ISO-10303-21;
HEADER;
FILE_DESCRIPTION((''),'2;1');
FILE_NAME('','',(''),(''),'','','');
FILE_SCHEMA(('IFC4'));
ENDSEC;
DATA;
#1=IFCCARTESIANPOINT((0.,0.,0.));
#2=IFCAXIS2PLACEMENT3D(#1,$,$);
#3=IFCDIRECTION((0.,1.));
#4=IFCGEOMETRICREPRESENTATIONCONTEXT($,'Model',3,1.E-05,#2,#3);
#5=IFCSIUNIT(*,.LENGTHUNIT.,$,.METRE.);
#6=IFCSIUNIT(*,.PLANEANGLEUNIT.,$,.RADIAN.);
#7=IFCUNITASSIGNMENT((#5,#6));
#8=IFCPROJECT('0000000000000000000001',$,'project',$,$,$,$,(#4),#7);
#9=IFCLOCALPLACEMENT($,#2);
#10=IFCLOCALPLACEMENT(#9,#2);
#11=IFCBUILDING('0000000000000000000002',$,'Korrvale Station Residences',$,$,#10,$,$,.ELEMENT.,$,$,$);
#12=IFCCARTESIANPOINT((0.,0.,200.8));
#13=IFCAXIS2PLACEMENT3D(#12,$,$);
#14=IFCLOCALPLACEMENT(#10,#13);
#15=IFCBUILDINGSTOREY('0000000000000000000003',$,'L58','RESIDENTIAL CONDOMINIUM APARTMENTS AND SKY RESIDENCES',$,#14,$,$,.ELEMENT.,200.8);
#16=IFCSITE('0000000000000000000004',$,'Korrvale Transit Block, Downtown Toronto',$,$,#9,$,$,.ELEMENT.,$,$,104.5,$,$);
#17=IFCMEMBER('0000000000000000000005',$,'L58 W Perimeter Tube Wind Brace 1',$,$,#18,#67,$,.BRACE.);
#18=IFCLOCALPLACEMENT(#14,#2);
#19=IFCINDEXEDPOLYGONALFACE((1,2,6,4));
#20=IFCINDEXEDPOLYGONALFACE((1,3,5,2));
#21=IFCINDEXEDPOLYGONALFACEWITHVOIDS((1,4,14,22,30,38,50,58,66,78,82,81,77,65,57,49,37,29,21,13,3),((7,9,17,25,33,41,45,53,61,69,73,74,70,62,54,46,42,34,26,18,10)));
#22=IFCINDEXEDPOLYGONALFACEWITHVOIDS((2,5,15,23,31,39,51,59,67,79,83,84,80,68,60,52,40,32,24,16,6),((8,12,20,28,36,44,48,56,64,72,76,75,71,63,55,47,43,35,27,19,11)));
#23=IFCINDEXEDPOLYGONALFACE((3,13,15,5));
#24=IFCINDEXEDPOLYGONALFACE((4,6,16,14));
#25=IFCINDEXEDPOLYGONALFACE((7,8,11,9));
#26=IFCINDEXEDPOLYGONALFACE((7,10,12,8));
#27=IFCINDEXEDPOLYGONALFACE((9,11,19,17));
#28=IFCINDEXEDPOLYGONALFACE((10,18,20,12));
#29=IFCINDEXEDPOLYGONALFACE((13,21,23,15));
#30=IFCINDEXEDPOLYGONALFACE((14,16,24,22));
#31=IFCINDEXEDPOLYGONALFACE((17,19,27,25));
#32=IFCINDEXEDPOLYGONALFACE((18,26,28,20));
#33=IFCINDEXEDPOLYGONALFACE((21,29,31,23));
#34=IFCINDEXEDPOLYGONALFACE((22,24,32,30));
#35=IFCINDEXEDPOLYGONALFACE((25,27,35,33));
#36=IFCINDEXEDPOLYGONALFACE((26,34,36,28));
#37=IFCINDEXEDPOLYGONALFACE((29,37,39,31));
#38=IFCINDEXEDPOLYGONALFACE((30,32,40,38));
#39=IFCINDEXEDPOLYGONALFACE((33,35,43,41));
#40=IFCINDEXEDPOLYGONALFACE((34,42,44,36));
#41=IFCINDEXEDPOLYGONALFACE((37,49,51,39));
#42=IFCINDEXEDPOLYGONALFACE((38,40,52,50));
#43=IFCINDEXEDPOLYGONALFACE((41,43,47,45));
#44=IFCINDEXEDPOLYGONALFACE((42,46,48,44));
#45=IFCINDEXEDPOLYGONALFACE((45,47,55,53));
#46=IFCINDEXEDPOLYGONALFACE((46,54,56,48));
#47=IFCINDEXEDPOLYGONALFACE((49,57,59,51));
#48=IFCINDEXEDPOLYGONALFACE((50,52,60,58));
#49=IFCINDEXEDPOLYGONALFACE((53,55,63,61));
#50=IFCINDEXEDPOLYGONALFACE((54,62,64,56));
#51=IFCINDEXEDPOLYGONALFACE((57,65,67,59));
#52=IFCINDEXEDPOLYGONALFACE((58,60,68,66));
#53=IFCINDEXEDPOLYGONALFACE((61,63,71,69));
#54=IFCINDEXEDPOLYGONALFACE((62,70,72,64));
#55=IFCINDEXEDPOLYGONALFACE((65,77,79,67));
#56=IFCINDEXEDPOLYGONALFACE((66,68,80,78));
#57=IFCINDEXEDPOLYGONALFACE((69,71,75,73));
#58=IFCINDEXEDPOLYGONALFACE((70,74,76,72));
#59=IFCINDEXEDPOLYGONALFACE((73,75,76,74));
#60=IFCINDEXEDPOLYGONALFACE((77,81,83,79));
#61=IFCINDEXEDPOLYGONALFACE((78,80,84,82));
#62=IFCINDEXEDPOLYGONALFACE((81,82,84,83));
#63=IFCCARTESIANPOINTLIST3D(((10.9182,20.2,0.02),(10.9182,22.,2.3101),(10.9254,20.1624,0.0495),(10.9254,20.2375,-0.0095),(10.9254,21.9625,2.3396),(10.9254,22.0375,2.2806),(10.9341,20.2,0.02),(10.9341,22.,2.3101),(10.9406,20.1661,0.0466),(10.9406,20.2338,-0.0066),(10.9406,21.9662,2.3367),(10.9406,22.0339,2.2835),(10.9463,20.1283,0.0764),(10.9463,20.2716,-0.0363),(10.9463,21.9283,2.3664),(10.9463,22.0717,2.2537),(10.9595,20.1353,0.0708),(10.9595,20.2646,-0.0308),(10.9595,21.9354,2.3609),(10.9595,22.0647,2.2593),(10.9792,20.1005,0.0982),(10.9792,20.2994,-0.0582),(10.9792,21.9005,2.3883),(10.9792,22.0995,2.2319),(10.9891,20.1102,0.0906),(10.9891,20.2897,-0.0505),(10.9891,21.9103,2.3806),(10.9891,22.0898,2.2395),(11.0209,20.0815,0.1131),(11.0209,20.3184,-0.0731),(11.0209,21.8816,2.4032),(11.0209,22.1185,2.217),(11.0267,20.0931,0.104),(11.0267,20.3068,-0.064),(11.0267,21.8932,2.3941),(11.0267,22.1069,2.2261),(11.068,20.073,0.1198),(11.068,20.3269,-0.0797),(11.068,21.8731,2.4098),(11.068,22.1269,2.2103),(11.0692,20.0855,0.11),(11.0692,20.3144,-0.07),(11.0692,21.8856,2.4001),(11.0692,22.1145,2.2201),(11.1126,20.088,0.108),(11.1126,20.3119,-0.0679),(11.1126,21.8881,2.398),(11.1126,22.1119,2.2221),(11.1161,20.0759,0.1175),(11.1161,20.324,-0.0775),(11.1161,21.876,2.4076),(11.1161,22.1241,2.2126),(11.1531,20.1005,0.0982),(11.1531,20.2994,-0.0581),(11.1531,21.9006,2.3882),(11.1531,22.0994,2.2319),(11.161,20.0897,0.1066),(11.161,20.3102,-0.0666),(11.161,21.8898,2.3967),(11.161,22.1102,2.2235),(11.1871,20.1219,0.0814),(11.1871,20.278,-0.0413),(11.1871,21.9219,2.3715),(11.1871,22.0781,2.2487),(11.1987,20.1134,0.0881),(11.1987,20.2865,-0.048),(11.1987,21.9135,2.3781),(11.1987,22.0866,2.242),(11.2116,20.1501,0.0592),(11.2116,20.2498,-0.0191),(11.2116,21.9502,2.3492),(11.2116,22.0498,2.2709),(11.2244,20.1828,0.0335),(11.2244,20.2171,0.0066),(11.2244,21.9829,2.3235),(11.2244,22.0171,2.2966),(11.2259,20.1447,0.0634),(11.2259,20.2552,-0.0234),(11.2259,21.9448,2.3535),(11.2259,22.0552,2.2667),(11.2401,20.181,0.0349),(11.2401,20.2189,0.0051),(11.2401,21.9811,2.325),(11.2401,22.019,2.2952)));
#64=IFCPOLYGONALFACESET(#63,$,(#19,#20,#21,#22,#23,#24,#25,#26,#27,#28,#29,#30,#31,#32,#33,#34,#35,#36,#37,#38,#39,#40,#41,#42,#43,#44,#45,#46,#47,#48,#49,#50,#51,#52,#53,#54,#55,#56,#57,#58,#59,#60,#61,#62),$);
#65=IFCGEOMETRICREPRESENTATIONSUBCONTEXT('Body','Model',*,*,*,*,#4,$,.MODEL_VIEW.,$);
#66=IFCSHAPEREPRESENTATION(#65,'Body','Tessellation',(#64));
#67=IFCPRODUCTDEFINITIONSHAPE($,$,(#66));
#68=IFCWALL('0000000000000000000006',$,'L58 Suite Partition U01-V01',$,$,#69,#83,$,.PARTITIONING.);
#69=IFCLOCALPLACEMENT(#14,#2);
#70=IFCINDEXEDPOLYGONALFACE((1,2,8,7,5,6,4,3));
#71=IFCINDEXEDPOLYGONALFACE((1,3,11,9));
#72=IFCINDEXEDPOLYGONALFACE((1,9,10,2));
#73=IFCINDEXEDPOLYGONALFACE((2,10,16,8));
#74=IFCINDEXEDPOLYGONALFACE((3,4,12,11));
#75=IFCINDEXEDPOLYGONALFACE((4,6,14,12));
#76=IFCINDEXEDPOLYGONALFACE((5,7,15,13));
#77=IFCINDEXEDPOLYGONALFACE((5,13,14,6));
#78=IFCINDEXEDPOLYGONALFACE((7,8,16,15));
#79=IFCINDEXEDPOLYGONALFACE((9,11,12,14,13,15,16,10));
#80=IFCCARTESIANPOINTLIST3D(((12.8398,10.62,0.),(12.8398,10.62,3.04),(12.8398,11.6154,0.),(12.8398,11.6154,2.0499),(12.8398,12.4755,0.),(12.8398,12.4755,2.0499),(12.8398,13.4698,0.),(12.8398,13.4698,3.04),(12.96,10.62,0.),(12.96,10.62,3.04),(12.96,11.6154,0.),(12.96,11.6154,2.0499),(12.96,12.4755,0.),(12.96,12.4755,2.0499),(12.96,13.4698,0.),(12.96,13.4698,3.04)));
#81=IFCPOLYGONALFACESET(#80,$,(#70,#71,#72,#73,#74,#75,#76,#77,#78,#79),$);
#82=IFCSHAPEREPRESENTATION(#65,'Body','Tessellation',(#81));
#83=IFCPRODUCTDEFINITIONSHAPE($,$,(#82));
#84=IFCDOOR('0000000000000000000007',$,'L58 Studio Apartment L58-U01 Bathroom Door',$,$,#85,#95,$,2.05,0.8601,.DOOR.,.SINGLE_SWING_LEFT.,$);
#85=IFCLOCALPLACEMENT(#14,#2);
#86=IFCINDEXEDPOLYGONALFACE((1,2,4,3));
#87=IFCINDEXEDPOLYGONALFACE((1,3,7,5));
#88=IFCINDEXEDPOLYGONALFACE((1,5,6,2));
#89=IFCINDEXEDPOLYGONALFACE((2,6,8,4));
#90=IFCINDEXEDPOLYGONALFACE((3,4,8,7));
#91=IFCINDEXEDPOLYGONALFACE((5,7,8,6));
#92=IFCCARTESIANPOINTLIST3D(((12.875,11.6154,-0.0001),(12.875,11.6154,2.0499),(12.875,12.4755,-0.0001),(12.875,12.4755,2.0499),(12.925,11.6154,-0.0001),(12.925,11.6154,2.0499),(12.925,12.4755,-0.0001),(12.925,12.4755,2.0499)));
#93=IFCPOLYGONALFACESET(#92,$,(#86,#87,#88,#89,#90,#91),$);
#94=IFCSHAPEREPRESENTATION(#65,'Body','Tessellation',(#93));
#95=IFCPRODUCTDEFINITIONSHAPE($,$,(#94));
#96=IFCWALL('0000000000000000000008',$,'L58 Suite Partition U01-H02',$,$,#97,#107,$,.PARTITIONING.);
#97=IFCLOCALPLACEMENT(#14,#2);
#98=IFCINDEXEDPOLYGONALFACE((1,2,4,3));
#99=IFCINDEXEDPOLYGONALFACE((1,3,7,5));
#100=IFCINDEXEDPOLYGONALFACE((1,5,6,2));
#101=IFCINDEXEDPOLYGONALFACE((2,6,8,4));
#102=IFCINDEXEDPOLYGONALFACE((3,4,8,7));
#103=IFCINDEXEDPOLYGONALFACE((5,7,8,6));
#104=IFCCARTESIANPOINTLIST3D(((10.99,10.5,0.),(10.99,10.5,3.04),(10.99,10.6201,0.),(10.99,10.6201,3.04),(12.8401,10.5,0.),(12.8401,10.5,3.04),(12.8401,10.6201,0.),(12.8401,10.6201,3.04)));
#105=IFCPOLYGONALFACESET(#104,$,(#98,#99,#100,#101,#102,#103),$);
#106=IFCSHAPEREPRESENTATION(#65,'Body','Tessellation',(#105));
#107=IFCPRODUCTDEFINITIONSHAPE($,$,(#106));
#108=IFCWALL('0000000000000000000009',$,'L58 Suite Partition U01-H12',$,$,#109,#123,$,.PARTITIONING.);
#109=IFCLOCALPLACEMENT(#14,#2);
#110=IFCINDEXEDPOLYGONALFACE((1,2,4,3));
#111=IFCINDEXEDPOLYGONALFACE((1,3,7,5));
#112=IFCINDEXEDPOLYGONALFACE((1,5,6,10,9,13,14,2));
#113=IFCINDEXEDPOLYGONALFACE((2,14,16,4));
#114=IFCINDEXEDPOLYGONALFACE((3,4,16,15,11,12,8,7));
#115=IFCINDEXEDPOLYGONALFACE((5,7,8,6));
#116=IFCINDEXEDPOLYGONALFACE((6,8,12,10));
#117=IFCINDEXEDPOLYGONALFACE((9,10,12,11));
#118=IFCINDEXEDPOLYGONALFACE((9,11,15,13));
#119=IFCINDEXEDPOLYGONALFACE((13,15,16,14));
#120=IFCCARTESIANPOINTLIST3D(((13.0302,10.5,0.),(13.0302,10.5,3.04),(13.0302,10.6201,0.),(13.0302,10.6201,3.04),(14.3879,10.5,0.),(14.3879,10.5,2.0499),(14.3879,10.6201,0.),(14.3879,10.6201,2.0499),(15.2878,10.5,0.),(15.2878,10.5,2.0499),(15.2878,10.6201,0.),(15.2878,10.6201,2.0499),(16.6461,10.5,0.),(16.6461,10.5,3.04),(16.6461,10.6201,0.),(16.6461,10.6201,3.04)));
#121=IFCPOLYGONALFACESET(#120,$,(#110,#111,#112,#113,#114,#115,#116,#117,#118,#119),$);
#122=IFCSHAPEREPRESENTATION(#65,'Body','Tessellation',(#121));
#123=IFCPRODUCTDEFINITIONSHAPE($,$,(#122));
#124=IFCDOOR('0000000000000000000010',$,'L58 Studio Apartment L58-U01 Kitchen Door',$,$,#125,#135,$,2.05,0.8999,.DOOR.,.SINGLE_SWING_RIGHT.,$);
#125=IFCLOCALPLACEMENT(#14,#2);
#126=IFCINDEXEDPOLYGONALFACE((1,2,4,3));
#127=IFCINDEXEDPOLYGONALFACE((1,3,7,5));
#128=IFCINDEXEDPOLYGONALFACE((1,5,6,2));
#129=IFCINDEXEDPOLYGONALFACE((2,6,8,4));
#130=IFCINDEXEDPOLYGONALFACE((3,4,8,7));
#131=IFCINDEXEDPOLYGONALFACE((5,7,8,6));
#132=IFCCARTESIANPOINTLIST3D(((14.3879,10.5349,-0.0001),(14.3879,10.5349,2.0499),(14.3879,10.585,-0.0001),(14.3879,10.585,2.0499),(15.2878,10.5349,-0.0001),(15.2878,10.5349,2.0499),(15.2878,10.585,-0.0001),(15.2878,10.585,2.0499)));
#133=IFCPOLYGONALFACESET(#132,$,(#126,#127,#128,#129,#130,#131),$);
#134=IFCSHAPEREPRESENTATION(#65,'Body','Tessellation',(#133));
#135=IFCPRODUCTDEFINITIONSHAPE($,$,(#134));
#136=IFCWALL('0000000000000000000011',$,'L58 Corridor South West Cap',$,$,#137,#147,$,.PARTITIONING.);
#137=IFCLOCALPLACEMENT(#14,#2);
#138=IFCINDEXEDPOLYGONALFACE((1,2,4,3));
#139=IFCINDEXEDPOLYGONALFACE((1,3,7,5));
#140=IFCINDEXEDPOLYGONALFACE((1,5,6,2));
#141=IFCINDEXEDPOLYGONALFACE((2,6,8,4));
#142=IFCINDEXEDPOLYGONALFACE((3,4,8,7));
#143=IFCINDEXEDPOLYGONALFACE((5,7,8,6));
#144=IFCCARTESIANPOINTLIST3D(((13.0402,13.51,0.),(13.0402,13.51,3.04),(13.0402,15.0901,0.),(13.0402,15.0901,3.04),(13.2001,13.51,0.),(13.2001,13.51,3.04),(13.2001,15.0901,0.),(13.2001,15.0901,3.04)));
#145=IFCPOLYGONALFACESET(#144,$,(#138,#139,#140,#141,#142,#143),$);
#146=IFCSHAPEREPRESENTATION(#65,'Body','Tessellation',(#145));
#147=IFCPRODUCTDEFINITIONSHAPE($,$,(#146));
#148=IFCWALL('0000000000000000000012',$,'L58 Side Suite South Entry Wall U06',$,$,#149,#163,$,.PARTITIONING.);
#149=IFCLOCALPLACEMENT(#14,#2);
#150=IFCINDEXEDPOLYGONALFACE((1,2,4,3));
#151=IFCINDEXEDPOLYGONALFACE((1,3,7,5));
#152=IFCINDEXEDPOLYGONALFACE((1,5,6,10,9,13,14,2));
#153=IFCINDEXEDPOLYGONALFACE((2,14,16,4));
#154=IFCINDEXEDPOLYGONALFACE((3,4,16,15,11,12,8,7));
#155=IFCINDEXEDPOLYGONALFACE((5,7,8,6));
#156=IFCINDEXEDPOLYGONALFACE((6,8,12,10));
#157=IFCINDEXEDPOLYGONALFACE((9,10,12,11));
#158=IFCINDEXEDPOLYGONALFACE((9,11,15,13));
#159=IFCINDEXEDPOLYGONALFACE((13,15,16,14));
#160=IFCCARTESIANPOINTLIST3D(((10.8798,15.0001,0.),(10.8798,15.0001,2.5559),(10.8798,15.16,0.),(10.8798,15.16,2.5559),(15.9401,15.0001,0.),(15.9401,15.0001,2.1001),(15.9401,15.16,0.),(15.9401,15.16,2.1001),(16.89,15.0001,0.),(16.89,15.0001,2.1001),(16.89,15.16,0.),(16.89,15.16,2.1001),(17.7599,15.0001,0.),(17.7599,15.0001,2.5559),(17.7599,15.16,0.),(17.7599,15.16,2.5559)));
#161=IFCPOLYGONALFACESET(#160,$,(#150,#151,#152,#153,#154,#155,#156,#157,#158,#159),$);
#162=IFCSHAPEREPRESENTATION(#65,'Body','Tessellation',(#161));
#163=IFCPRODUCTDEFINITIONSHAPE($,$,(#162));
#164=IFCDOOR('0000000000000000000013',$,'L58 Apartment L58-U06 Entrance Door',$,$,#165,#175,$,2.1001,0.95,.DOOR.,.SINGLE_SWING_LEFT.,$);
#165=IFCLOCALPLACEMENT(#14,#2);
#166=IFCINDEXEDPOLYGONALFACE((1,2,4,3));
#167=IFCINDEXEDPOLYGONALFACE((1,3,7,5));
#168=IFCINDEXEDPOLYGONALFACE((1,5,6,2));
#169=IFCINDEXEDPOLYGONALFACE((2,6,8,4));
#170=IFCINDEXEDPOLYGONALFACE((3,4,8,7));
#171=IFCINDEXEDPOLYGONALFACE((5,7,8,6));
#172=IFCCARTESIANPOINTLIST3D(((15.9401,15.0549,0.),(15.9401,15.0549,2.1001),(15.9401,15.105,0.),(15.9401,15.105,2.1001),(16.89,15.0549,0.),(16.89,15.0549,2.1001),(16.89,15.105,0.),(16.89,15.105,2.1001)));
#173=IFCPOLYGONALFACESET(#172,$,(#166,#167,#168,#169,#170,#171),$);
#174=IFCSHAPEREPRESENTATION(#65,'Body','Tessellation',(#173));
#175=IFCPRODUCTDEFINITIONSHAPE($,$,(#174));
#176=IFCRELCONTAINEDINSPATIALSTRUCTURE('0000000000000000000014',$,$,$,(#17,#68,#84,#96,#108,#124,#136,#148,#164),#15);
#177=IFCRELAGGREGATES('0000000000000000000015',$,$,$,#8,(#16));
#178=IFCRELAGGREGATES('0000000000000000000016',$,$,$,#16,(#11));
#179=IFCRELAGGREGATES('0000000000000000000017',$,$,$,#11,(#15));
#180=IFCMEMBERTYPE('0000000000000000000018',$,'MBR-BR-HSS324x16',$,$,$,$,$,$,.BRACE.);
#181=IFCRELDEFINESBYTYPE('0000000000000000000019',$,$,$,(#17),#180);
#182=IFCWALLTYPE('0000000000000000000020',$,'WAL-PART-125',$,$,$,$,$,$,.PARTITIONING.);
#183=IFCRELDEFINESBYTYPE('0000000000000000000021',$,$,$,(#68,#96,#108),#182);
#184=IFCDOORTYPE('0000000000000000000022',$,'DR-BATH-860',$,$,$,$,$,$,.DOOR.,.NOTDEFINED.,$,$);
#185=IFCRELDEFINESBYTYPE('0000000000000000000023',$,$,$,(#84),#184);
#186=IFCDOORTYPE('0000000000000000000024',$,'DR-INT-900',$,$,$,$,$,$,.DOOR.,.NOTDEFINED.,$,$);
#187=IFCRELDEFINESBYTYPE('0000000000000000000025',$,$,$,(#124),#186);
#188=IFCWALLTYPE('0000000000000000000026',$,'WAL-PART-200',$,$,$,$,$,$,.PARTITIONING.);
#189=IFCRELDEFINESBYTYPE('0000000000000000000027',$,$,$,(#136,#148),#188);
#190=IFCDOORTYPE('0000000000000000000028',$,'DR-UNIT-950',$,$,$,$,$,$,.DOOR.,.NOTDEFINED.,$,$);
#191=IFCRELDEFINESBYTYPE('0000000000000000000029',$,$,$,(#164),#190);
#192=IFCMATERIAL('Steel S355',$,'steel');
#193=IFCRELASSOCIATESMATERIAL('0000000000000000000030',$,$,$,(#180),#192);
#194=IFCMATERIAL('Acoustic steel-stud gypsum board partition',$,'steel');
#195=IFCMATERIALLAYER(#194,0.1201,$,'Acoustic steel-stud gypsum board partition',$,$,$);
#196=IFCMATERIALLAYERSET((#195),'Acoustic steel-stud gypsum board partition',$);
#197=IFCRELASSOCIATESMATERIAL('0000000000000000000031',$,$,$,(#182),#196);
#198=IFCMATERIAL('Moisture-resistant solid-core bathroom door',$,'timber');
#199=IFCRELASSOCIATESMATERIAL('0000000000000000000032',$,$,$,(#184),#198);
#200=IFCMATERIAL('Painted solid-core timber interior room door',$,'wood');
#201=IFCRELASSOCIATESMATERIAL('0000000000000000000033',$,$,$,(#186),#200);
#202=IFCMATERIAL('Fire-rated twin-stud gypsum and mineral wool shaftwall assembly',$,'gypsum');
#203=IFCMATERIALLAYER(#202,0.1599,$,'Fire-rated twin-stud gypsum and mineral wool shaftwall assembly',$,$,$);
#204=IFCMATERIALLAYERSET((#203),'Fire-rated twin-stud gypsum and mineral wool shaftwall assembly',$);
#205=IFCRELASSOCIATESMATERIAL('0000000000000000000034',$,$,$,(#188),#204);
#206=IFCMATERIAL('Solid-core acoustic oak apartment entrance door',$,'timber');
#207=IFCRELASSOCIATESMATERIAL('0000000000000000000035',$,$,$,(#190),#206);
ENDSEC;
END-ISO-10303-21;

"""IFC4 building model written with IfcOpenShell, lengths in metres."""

from ifc_helpers import new_model, si_unit, direction, frame, frame_2d, origin, origin_2d, place, context, subcontext, project, spatial, rectangle, hollow_circle, extrude, material, layer, layer_set, material_profile, profile_set, type_object, element, fill, save


model = new_model("IFC4")

# Units and contexts
model_context = context("Model", 3, precision=1e-05, world=origin(), true_north=direction((0.0, 1.0)))
body_context = subcontext(model_context, "Body", "Model", "MODEL_VIEW")
ifc_project = project(units=[si_unit("LENGTHUNIT", "METRE"), si_unit("PLANEANGLEUNIT", "RADIAN")], contexts=[model_context])

# Site, building, storey
site_placement = place(None, origin())
site = spatial("IfcSite", under=ifc_project, at=site_placement, Name="Korrvale Transit Block, Downtown Toronto", CompositionType="ELEMENT", RefElevation=104.5)
building_placement = place(site_placement, origin())
building = spatial("IfcBuilding", under=site, at=building_placement, Name="Korrvale Station Residences", CompositionType="ELEMENT")
storey_placement = place(building_placement, frame((0.0, 0.0, 200.8)))
storey = spatial("IfcBuildingStorey", under=building, at=storey_placement, Name="L58", Description="RESIDENTIAL CONDOMINIUM APARTMENTS AND SKY RESIDENCES", CompositionType="ELEMENT", Elevation=200.8)

# Shared definitions
ifc_material_1 = material(Name="Steel S355", Category="steel")

# Member
ifc_material_profile_1 = material_profile(ifc_material_1, hollow_circle(Radius=0.1619, WallThickness=0.0159, at=origin_2d()), Name="HSS324x16")
ifc_profile_set_1 = profile_set([ifc_material_profile_1], Name="Steel S355")
member_type = type_object("IfcMemberType", Name="MBR-BR-HSS324x16", PredefinedType="BRACE", material=ifc_profile_set_1)
member_placement = place(storey_placement, frame((11.0801, 20.2, 0.02), z_axis=(0.0, 0.617977, 0.786196), x_axis=(-1.0, 0.0, 0.0)))
element("IfcMember", 1, at=member_placement, inside=storey, type_object=member_type, Name="L58 W Perimeter Tube Wind Brace 1", PredefinedType="BRACE", context=body_context, shape_type="SweptSolid", body=[
    extrude(hollow_circle(Radius=0.1619, WallThickness=0.0159, at=origin_2d()), origin(), (0.0, 0.0, 1.0), 2.9128),
])

# Wall, opening, door
ifc_material_2 = material(Name="Acoustic steel-stud gypsum board partition", Category="steel")
ifc_layer_1 = layer(ifc_material_2, 0.1201, Name="Acoustic steel-stud gypsum board partition")
ifc_layer_set_1 = layer_set([ifc_layer_1], Name="Acoustic steel-stud gypsum board partition")
wall_type_1 = type_object("IfcWallType", Name="WAL-PART-125", PredefinedType="PARTITIONING", material=ifc_layer_set_1)
wall_1_placement = place(storey_placement, frame((12.8999, 10.6201, 0.0), z_axis=(0.0, 0.0, 1.0), x_axis=(0.0, 1.0, 0.0)))
wall_1 = element("IfcWall", 2, at=wall_1_placement, inside=storey, type_object=wall_type_1, Name="L58 Suite Partition U01-V01", PredefinedType="PARTITIONING", context=body_context, shape_type="SweptSolid", body=[
    extrude(rectangle(XDim=2.8499, YDim=0.1201, at=frame_2d((1.4248, 0.0))), origin(), (0.0, 0.0, 1.0), 3.04),
])
opening_1_placement = place(wall_1_placement, frame((0.9951, 0.0, 0.0)))
opening_1 = element("IfcOpeningElement", 3, at=opening_1_placement, cuts=wall_1, PredefinedType="OPENING", context=body_context, shape_type="SweptSolid", body=[
    extrude(rectangle(XDim=0.8601, YDim=2.05, at=frame_2d((0.4302, 1.0249))), frame((0.0, 0.0701, 0.0), z_axis=(0.0, -1.0, 0.0), x_axis=(1.0, 0.0, 0.0)), (0.0, 0.0, 1.0), 0.1401),
])
ifc_material_3 = material(Name="Moisture-resistant solid-core bathroom door", Category="timber")
door_type_1 = type_object("IfcDoorType", Name="DR-BATH-860", OperationType="NOTDEFINED", PredefinedType="DOOR", material=ifc_material_3)
door_1_placement = place(opening_1_placement, origin())
door_1 = element("IfcDoor", 4, at=door_1_placement, inside=storey, type_object=door_type_1, Name="L58 Studio Apartment L58-U01 Bathroom Door", OperationType="SINGLE_SWING_LEFT", OverallHeight=2.05, OverallWidth=0.8601, PredefinedType="DOOR", context=body_context, shape_type="SweptSolid", body=[
    extrude(rectangle(XDim=0.8601, YDim=2.05, at=frame_2d((0.4302, 1.0249))), frame((0.0, 0.0249, 0.0), z_axis=(0.0, -1.0, 0.0), x_axis=(1.0, 0.0, 0.0)), (0.0, 0.0, 1.0), 0.05),
])
fill(opening_1, door_1)

# Wall
wall_2_placement = place(storey_placement, frame((10.99, 10.5601, 0.0), z_axis=(0.0, 0.0, 1.0), x_axis=(1.0, 0.0, 0.0)))
element("IfcWall", 5, at=wall_2_placement, inside=storey, type_object=wall_type_1, Name="L58 Suite Partition U01-H02", PredefinedType="PARTITIONING", context=body_context, shape_type="SweptSolid", body=[
    extrude(rectangle(XDim=1.8501, YDim=0.1201, at=frame_2d((0.925, 0.0))), origin(), (0.0, 0.0, 1.0), 3.04),
])

# Wall, opening, door
wall_3_placement = place(storey_placement, frame((13.03, 10.5601, 0.0), z_axis=(0.0, 0.0, 1.0), x_axis=(1.0, 0.0, 0.0)))
wall_3 = element("IfcWall", 6, at=wall_3_placement, inside=storey, type_object=wall_type_1, Name="L58 Suite Partition U01-H12", PredefinedType="PARTITIONING", context=body_context, shape_type="SweptSolid", body=[
    extrude(rectangle(XDim=3.616, YDim=0.1201, at=frame_2d((1.8081, 0.0))), origin(), (0.0, 0.0, 1.0), 3.04),
])
opening_2_placement = place(wall_3_placement, frame((1.3579, 0.0, 0.0)))
opening_2 = element("IfcOpeningElement", 7, at=opening_2_placement, cuts=wall_3, PredefinedType="OPENING", context=body_context, shape_type="SweptSolid", body=[
    extrude(rectangle(XDim=0.8999, YDim=2.05, at=frame_2d((0.45, 1.0249))), frame((0.0, 0.0701, 0.0), z_axis=(0.0, -1.0, 0.0), x_axis=(1.0, 0.0, 0.0)), (0.0, 0.0, 1.0), 0.1401),
])
ifc_material_4 = material(Name="Painted solid-core timber interior room door", Category="wood")
door_type_2 = type_object("IfcDoorType", Name="DR-INT-900", OperationType="NOTDEFINED", PredefinedType="DOOR", material=ifc_material_4)
door_2_placement = place(opening_2_placement, origin())
door_2 = element("IfcDoor", 8, at=door_2_placement, inside=storey, type_object=door_type_2, Name="L58 Studio Apartment L58-U01 Kitchen Door", OperationType="SINGLE_SWING_RIGHT", OverallHeight=2.05, OverallWidth=0.8999, PredefinedType="DOOR", context=body_context, shape_type="SweptSolid", body=[
    extrude(rectangle(XDim=0.8999, YDim=2.05, at=frame_2d((0.45, 1.0249))), frame((0.0, 0.0249, 0.0), z_axis=(0.0, -1.0, 0.0), x_axis=(1.0, 0.0, 0.0)), (0.0, 0.0, 1.0), 0.05),
])
fill(opening_2, door_2)

# Wall
ifc_material_5 = material(Name="Fire-rated twin-stud gypsum and mineral wool shaftwall assembly", Category="gypsum")
ifc_layer_2 = layer(ifc_material_5, 0.1599, Name="Fire-rated twin-stud gypsum and mineral wool shaftwall assembly")
ifc_layer_set_2 = layer_set([ifc_layer_2], Name="Fire-rated twin-stud gypsum and mineral wool shaftwall assembly")
wall_type_2 = type_object("IfcWallType", Name="WAL-PART-200", PredefinedType="PARTITIONING", material=ifc_layer_set_2)
wall_4_placement = place(storey_placement, frame((13.1201, 13.51, 0.0), z_axis=(0.0, 0.0, 1.0), x_axis=(0.0, 1.0, 0.0)))
element("IfcWall", 9, at=wall_4_placement, inside=storey, type_object=wall_type_2, Name="L58 Corridor South West Cap", PredefinedType="PARTITIONING", context=body_context, shape_type="SweptSolid", body=[
    extrude(rectangle(XDim=1.5801, YDim=0.1599, at=frame_2d((0.79, 0.0))), origin(), (0.0, 0.0, 1.0), 3.04),
])

# Wall, opening, door
wall_5_placement = place(storey_placement, frame((10.8799, 15.0801, 0.0), z_axis=(0.0, 0.0, 1.0), x_axis=(1.0, 0.0, 0.0)))
wall_5 = element("IfcWall", 10, at=wall_5_placement, inside=storey, type_object=wall_type_2, Name="L58 Side Suite South Entry Wall U06", PredefinedType="PARTITIONING", context=body_context, shape_type="SweptSolid", body=[
    extrude(rectangle(XDim=6.8801, YDim=0.1599, at=frame_2d((3.4399, 0.0))), origin(), (0.0, 0.0, 1.0), 2.5559),
])
opening_3_placement = place(wall_5_placement, frame((5.0601, 0.0, 0.0)))
opening_3 = element("IfcOpeningElement", 11, at=opening_3_placement, cuts=wall_5, PredefinedType="OPENING", context=body_context, shape_type="SweptSolid", body=[
    extrude(rectangle(XDim=0.95, YDim=2.1001, at=frame_2d((0.4751, 1.05))), frame((0.0, 0.0898, 0.0), z_axis=(0.0, -1.0, 0.0), x_axis=(1.0, 0.0, 0.0)), (0.0, 0.0, 1.0), 0.1799),
])
ifc_material_6 = material(Name="Solid-core acoustic oak apartment entrance door", Category="timber")
door_type_3 = type_object("IfcDoorType", Name="DR-UNIT-950", OperationType="NOTDEFINED", PredefinedType="DOOR", material=ifc_material_6)
door_3_placement = place(opening_3_placement, origin())
door_3 = element("IfcDoor", 12, at=door_3_placement, inside=storey, type_object=door_type_3, Name="L58 Apartment L58-U06 Entrance Door", OperationType="SINGLE_SWING_LEFT", OverallHeight=2.1001, OverallWidth=0.95, PredefinedType="DOOR", context=body_context, shape_type="SweptSolid", body=[
    extrude(rectangle(XDim=0.95, YDim=2.1001, at=frame_2d((0.4751, 1.05))), frame((0.0, 0.0249, 0.0), z_axis=(0.0, -1.0, 0.0), x_axis=(1.0, 0.0, 0.0)), (0.0, 0.0, 1.0), 0.05),
])
fill(opening_3, door_3)

save(model, "model.ifc")
